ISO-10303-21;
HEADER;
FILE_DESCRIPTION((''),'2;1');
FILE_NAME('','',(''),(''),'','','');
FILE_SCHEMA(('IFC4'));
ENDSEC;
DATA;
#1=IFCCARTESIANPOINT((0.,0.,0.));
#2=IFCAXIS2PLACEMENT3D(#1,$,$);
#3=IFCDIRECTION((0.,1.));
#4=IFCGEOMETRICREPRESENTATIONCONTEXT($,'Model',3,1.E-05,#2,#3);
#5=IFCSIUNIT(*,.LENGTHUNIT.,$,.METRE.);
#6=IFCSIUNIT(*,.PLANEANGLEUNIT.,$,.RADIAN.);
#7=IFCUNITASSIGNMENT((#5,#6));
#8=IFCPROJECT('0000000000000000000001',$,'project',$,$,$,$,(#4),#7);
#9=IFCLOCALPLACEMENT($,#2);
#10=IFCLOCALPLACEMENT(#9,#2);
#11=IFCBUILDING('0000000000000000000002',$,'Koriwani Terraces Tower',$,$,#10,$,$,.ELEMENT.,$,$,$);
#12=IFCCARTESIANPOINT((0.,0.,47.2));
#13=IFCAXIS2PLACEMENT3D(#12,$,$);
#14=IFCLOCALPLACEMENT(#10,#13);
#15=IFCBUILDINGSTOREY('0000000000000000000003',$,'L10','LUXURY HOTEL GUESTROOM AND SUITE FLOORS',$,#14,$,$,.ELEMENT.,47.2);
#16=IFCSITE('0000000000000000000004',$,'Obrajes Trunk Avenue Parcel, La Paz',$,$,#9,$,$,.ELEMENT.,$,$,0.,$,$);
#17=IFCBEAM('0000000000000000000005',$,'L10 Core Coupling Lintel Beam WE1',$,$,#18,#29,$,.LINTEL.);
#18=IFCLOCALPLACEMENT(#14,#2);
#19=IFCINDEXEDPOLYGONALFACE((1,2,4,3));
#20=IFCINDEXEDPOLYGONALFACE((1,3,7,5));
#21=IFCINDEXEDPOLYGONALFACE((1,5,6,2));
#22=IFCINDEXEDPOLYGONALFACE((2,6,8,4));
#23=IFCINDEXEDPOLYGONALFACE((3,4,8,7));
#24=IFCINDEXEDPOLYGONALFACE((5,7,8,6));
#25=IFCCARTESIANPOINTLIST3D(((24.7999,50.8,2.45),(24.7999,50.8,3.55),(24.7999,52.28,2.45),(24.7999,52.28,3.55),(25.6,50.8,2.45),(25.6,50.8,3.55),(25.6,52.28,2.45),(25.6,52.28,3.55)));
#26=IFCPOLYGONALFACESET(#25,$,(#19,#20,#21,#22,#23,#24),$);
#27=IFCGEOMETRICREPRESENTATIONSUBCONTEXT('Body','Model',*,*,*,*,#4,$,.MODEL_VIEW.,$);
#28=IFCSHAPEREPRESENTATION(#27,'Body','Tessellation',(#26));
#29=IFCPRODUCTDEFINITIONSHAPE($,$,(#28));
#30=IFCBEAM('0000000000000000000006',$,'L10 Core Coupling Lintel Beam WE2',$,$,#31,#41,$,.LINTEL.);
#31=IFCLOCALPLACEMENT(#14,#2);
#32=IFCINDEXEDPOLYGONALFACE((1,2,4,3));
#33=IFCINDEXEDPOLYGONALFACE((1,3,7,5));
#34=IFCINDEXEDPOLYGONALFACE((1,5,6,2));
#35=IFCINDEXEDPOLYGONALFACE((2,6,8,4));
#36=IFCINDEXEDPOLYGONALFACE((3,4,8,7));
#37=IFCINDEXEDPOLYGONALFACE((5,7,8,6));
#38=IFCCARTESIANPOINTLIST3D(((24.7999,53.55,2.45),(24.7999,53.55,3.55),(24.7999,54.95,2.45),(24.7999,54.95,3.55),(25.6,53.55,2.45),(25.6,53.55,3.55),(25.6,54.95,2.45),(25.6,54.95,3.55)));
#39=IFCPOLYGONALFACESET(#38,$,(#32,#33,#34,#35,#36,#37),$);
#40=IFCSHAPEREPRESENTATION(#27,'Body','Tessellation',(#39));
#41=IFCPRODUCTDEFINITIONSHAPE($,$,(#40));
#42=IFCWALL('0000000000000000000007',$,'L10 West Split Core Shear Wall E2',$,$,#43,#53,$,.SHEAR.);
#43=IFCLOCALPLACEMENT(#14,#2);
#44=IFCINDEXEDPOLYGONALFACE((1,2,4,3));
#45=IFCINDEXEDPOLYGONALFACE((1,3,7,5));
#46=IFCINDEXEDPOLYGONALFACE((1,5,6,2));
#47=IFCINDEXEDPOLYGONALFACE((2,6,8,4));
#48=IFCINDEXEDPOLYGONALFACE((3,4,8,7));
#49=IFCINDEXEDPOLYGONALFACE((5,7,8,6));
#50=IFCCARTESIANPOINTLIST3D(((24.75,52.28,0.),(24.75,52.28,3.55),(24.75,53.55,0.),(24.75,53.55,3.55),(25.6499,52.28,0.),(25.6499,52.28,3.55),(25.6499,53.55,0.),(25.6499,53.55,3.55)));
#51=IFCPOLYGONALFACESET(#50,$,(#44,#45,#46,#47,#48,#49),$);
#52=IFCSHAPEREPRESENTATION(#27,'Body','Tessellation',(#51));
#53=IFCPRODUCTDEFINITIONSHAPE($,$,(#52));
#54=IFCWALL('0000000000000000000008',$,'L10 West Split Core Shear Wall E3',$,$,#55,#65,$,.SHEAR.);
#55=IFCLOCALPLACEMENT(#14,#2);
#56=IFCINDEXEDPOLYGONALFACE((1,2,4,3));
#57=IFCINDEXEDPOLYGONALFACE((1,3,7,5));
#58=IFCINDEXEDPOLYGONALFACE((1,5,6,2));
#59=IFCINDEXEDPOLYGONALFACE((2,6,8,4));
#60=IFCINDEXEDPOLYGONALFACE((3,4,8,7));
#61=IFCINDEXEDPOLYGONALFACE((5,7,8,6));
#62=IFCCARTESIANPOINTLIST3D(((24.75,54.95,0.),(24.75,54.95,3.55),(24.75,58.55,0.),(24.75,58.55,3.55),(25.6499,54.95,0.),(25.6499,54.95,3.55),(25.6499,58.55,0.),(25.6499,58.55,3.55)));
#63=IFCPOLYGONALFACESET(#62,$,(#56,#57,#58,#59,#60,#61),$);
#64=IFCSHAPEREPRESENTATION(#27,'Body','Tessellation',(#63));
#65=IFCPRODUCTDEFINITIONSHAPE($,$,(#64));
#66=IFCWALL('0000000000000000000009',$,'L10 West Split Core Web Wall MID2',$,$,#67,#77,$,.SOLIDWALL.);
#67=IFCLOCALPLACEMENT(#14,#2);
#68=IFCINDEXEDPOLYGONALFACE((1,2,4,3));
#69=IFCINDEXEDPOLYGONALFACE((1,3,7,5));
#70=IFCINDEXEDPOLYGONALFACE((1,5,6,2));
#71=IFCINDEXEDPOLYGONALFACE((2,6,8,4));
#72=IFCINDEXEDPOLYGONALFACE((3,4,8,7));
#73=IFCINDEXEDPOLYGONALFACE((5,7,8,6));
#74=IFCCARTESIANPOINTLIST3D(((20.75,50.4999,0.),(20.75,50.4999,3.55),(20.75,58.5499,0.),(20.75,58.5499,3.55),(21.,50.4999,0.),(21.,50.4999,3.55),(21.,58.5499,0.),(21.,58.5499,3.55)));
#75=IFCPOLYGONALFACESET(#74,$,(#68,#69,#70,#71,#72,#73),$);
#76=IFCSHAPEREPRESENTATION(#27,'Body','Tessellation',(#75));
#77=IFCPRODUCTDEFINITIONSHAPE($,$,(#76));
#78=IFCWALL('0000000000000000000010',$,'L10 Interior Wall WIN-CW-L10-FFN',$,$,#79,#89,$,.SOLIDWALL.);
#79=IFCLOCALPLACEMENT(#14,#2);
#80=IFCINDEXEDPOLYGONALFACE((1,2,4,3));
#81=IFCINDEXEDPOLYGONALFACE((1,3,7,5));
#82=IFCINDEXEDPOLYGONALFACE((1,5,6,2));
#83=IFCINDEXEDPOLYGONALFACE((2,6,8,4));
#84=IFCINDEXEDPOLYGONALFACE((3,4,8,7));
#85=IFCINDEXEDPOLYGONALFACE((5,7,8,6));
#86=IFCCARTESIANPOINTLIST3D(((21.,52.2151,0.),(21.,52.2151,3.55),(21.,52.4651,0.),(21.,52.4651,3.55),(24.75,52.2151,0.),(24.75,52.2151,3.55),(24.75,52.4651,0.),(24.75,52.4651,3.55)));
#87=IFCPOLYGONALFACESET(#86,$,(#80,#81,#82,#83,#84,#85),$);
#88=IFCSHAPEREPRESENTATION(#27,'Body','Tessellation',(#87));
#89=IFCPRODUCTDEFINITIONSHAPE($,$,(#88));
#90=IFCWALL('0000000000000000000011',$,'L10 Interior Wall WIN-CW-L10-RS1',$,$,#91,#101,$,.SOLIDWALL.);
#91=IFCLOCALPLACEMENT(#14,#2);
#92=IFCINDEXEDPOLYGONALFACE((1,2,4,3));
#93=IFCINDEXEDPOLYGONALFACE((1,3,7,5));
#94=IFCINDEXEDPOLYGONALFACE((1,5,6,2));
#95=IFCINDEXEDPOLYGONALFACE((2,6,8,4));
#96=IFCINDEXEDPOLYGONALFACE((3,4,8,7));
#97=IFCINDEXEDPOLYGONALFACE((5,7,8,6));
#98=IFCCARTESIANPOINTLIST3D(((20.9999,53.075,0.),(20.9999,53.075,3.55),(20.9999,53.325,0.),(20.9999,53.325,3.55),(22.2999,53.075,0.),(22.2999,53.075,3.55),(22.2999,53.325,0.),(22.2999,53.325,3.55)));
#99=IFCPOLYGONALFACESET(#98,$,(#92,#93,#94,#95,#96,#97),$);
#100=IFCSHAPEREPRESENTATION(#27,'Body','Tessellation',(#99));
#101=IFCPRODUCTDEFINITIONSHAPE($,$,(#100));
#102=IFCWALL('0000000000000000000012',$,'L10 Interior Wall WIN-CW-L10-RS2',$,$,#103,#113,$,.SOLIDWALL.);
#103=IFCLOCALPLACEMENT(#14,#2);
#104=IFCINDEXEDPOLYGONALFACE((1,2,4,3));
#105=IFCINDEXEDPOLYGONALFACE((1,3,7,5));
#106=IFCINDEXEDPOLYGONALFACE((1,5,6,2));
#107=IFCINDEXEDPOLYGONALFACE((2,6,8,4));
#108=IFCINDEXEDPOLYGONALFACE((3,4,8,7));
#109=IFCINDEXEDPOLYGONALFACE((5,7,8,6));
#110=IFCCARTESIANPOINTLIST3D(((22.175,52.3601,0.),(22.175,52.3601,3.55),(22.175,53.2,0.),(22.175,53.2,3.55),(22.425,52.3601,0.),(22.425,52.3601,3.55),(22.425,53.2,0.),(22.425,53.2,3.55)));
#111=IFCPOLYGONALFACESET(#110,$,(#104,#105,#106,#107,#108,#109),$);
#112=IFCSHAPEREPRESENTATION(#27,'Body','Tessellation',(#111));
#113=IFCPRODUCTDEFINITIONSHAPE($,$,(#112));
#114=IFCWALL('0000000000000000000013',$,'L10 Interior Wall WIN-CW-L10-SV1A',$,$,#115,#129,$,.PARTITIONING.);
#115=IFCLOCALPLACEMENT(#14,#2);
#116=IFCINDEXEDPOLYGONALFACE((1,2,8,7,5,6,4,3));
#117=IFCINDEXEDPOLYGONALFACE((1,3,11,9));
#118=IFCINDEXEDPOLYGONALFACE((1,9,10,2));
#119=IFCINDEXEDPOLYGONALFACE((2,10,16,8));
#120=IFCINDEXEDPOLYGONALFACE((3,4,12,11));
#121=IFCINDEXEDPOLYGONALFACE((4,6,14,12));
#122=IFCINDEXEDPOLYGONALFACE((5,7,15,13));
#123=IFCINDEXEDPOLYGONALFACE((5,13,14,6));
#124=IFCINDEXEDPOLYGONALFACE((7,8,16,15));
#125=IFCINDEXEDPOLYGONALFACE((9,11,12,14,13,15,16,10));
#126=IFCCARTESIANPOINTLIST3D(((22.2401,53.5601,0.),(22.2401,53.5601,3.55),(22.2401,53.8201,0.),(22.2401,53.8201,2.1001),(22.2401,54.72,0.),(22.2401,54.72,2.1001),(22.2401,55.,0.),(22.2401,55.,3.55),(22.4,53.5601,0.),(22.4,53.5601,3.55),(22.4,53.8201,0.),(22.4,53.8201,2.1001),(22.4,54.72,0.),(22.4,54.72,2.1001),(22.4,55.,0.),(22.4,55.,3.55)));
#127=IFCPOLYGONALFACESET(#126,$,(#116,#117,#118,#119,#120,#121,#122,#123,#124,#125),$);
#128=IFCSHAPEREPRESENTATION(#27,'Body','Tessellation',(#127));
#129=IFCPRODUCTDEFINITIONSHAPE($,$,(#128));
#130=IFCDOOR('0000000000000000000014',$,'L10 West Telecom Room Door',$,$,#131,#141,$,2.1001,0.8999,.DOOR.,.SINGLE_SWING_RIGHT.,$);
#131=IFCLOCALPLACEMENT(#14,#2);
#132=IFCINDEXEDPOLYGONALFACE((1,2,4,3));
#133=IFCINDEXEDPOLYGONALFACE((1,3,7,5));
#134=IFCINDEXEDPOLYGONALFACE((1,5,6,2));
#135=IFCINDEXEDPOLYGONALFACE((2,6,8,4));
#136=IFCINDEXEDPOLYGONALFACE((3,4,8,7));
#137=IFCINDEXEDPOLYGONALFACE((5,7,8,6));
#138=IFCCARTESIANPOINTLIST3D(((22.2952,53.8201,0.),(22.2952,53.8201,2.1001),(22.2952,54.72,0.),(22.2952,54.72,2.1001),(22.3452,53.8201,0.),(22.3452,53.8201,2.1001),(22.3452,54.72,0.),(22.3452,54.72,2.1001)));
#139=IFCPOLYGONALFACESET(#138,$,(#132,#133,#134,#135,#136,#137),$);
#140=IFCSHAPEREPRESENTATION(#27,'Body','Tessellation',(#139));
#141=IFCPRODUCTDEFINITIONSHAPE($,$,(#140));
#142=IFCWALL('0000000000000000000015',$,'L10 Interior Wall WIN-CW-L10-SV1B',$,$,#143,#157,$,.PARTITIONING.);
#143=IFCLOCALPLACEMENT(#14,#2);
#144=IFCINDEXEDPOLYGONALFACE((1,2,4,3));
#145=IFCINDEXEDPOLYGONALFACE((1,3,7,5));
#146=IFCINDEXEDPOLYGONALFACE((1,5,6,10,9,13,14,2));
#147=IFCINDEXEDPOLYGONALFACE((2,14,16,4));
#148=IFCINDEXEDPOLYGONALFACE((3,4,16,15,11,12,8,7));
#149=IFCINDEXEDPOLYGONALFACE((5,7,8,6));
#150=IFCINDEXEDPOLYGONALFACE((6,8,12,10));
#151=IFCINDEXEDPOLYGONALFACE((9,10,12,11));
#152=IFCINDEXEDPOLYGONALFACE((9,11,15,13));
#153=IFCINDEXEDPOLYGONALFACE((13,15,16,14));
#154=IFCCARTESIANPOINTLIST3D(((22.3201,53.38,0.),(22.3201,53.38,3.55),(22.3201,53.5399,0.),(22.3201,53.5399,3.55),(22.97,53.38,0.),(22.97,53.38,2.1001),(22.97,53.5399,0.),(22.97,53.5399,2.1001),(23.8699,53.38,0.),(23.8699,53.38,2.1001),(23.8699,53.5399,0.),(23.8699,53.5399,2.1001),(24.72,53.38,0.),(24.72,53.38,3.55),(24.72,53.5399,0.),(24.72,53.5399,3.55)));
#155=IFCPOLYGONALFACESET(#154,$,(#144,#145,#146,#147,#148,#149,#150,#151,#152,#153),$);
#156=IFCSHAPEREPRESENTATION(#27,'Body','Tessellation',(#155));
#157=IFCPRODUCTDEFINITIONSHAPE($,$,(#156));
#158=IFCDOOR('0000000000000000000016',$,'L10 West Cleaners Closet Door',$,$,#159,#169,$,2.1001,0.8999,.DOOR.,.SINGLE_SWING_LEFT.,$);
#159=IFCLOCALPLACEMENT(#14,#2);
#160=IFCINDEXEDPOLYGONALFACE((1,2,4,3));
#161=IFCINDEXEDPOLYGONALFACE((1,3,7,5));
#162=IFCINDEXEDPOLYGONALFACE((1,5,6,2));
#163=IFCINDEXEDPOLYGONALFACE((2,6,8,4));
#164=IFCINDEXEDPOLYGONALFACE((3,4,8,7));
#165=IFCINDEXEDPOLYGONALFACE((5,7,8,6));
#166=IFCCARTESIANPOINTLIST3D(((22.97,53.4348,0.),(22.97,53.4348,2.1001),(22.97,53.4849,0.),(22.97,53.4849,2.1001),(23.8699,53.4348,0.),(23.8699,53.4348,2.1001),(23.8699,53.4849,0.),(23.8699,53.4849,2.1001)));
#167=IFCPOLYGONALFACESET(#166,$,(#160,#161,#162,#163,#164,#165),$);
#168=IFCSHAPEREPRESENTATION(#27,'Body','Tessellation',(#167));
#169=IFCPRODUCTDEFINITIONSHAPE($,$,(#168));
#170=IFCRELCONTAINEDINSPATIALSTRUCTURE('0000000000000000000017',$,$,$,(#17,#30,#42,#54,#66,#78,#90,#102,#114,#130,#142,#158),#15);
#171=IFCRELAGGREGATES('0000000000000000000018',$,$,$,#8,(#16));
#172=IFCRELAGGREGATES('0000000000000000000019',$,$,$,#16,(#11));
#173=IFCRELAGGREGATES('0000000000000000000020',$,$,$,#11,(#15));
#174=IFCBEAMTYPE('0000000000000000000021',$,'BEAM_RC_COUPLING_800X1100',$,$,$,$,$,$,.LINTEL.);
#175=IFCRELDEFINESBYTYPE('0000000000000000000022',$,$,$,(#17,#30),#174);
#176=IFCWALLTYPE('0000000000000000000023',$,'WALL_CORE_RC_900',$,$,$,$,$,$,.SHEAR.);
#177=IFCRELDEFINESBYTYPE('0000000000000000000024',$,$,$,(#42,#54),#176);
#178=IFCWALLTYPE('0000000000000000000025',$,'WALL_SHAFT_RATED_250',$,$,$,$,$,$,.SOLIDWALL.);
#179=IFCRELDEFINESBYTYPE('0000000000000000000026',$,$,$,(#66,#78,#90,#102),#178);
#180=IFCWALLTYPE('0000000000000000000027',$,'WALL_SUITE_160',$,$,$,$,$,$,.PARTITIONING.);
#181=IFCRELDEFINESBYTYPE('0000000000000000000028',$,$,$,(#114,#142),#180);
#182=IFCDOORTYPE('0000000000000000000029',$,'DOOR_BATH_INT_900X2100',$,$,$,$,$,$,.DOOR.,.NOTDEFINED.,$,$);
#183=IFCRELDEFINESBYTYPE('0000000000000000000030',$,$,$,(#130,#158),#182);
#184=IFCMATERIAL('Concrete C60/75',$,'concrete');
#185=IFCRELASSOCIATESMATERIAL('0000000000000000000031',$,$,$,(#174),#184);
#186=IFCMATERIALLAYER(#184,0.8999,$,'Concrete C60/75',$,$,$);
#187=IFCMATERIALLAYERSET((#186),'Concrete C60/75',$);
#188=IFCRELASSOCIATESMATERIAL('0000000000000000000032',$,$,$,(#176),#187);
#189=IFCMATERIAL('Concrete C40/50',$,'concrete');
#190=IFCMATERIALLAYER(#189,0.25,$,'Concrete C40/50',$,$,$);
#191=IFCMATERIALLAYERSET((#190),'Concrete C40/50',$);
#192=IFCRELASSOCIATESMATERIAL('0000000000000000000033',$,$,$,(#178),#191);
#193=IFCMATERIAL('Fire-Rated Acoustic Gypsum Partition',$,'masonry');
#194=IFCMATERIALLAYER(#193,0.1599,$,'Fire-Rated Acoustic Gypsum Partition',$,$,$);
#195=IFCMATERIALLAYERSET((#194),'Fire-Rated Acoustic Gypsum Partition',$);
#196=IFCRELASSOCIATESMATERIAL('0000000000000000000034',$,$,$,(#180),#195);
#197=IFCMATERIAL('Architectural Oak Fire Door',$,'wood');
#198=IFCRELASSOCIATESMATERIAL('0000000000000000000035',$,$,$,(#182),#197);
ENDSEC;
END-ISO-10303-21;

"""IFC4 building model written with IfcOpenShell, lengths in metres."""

from ifc_helpers import new_model, si_unit, direction, frame, frame_2d, origin, origin_2d, place, context, subcontext, project, spatial, rectangle, extrude, material, layer, layer_set, material_profile, profile_set, type_object, element, fill, save


model = new_model("IFC4")

# Units and contexts
model_context = context("Model", 3, precision=1e-05, world=origin(), true_north=direction((0.0, 1.0)))
body_context = subcontext(model_context, "Body", "Model", "MODEL_VIEW")
ifc_project = project(units=[si_unit("LENGTHUNIT", "METRE"), si_unit("PLANEANGLEUNIT", "RADIAN")], contexts=[model_context])

# Site, building, storey
site_placement = place(None, origin())
site = spatial("IfcSite", under=ifc_project, at=site_placement, Name="Obrajes Trunk Avenue Parcel, La Paz", CompositionType="ELEMENT", RefElevation=0.0)
building_placement = place(site_placement, origin())
building = spatial("IfcBuilding", under=site, at=building_placement, Name="Koriwani Terraces Tower", CompositionType="ELEMENT")
storey_placement = place(building_placement, frame((0.0, 0.0, 47.2)))
storey = spatial("IfcBuildingStorey", under=building, at=storey_placement, Name="L10", Description="LUXURY HOTEL GUESTROOM AND SUITE FLOORS", CompositionType="ELEMENT", Elevation=47.2)

# Beams
ifc_material_1 = material(Name="Concrete C60/75", Category="concrete")
ifc_material_profile = material_profile(ifc_material_1, rectangle(XDim=0.8, YDim=1.1001, at=origin_2d()), Name="Concrete C60/75", Category="LoadBearing")
ifc_profile_set = profile_set([ifc_material_profile], Name="Concrete C60/75")
beam_type = type_object("IfcBeamType", Name="BEAM_RC_COUPLING_800X1100", PredefinedType="LINTEL", material=ifc_profile_set)
beam_1_placement = place(storey_placement, frame((25.2, 50.8, 3.0), z_axis=(0.0, 1.0, 0.0), x_axis=(-1.0, 0.0, 0.0)))
element("IfcBeam", 1, at=beam_1_placement, inside=storey, type_object=beam_type, Name="L10 Core Coupling Lintel Beam WE1", PredefinedType="LINTEL", context=body_context, shape_type="SweptSolid", body=[
    extrude(rectangle(XDim=0.8, YDim=1.1001, at=origin_2d()), origin(), (0.0, 0.0, 1.0), 1.48),
])
beam_2_placement = place(storey_placement, frame((25.2, 53.55, 3.0), z_axis=(0.0, 1.0, 0.0), x_axis=(-1.0, 0.0, 0.0)))
element("IfcBeam", 2, at=beam_2_placement, inside=storey, type_object=beam_type, Name="L10 Core Coupling Lintel Beam WE2", PredefinedType="LINTEL", context=body_context, shape_type="SweptSolid", body=[
    extrude(rectangle(XDim=0.8, YDim=1.1001, at=origin_2d()), origin(), (0.0, 0.0, 1.0), 1.3999),
])

# Walls
ifc_layer_1 = layer(ifc_material_1, 0.8999, Name="Concrete C60/75")
ifc_layer_set_1 = layer_set([ifc_layer_1], Name="Concrete C60/75")
wall_type_1 = type_object("IfcWallType", Name="WALL_CORE_RC_900", PredefinedType="SHEAR", material=ifc_layer_set_1)
wall_1_placement = place(storey_placement, frame((25.2, 52.28, 0.0), z_axis=(0.0, 0.0, 1.0), x_axis=(0.0, 1.0, 0.0)))
element("IfcWall", 3, at=wall_1_placement, inside=storey, type_object=wall_type_1, Name="L10 West Split Core Shear Wall E2", PredefinedType="SHEAR", context=body_context, shape_type="SweptSolid", body=[
    extrude(rectangle(XDim=1.27, YDim=0.8999, at=frame_2d((0.635, 0.0))), origin(), (0.0, 0.0, 1.0), 3.55),
])
wall_2_placement = place(storey_placement, frame((25.2, 54.95, 0.0), z_axis=(0.0, 0.0, 1.0), x_axis=(0.0, 1.0, 0.0)))
element("IfcWall", 4, at=wall_2_placement, inside=storey, type_object=wall_type_1, Name="L10 West Split Core Shear Wall E3", PredefinedType="SHEAR", context=body_context, shape_type="SweptSolid", body=[
    extrude(rectangle(XDim=3.6001, YDim=0.8999, at=frame_2d((1.8, 0.0))), origin(), (0.0, 0.0, 1.0), 3.55),
])
ifc_material_2 = material(Name="Concrete C40/50", Category="concrete")
ifc_layer_2 = layer(ifc_material_2, 0.25, Name="Concrete C40/50")
ifc_layer_set_2 = layer_set([ifc_layer_2], Name="Concrete C40/50")
wall_type_2 = type_object("IfcWallType", Name="WALL_SHAFT_RATED_250", PredefinedType="SOLIDWALL", material=ifc_layer_set_2)
wall_3_placement = place(storey_placement, frame((20.875, 50.5, 0.0), z_axis=(0.0, 0.0, 1.0), x_axis=(0.0, 1.0, 0.0)))
element("IfcWall", 5, at=wall_3_placement, inside=storey, type_object=wall_type_2, Name="L10 West Split Core Web Wall MID2", PredefinedType="SOLIDWALL", context=body_context, shape_type="SweptSolid", body=[
    extrude(rectangle(XDim=8.05, YDim=0.25, at=frame_2d((4.0249, 0.0))), origin(), (0.0, 0.0, 1.0), 3.55),
])

# Wall
wall_4_placement = place(storey_placement, frame((21.0, 52.3401, 0.0), z_axis=(0.0, 0.0, 1.0), x_axis=(1.0, 0.0, 0.0)))
element("IfcWall", 6, at=wall_4_placement, inside=storey, type_object=wall_type_2, Name="L10 Interior Wall WIN-CW-L10-FFN", PredefinedType="SOLIDWALL", context=body_context, shape_type="SweptSolid", body=[
    extrude(rectangle(XDim=3.75, YDim=0.25, at=frame_2d((1.875, 0.0))), origin(), (0.0, 0.0, 1.0), 3.55),
])

# Walls
wall_5_placement = place(storey_placement, frame((21.0, 53.2, 0.0), z_axis=(0.0, 0.0, 1.0), x_axis=(1.0, 0.0, 0.0)))
element("IfcWall", 7, at=wall_5_placement, inside=storey, type_object=wall_type_2, Name="L10 Interior Wall WIN-CW-L10-RS1", PredefinedType="SOLIDWALL", context=body_context, shape_type="SweptSolid", body=[
    extrude(rectangle(XDim=1.3, YDim=0.25, at=frame_2d((0.6499, 0.0))), origin(), (0.0, 0.0, 1.0), 3.55),
])
wall_6_placement = place(storey_placement, frame((22.3, 52.3601, 0.0), z_axis=(0.0, 0.0, 1.0), x_axis=(0.0, 1.0, 0.0)))
element("IfcWall", 8, at=wall_6_placement, inside=storey, type_object=wall_type_2, Name="L10 Interior Wall WIN-CW-L10-RS2", PredefinedType="SOLIDWALL", context=body_context, shape_type="SweptSolid", body=[
    extrude(rectangle(XDim=0.8398, YDim=0.25, at=frame_2d((0.4199, 0.0))), origin(), (0.0, 0.0, 1.0), 3.55),
])

# Walls, openings, doors
ifc_material_3 = material(Name="Fire-Rated Acoustic Gypsum Partition", Category="masonry")
ifc_layer_3 = layer(ifc_material_3, 0.1599, Name="Fire-Rated Acoustic Gypsum Partition")
ifc_layer_set_3 = layer_set([ifc_layer_3], Name="Fire-Rated Acoustic Gypsum Partition")
wall_type_3 = type_object("IfcWallType", Name="WALL_SUITE_160", PredefinedType="PARTITIONING", material=ifc_layer_set_3)
wall_7_placement = place(storey_placement, frame((22.3201, 53.5601, 0.0), z_axis=(0.0, 0.0, 1.0), x_axis=(0.0, 1.0, 0.0)))
wall_7 = element("IfcWall", 9, at=wall_7_placement, inside=storey, type_object=wall_type_3, Name="L10 Interior Wall WIN-CW-L10-SV1A", PredefinedType="PARTITIONING", context=body_context, shape_type="SweptSolid", body=[
    extrude(rectangle(XDim=1.4399, YDim=0.1599, at=frame_2d((0.72, 0.0))), origin(), (0.0, 0.0, 1.0), 3.55),
])
opening_1_placement = place(wall_7_placement, frame((0.26, 0.0, 0.0)))
opening_1 = element("IfcOpeningElement", 10, at=opening_1_placement, cuts=wall_7, PredefinedType="OPENING", context=body_context, shape_type="SweptSolid", body=[
    extrude(rectangle(XDim=0.8999, YDim=2.1001, at=frame_2d((0.45, 1.05))), frame((0.0, 0.0898, 0.0), z_axis=(0.0, -1.0, 0.0), x_axis=(1.0, 0.0, 0.0)), (0.0, 0.0, 1.0), 0.1799),
])
ifc_material_4 = material(Name="Architectural Oak Fire Door", Category="wood")
door_type_1 = type_object("IfcDoorType", Name="DOOR_BATH_INT_900X2100", OperationType="NOTDEFINED", PredefinedType="DOOR", material=ifc_material_4)
door_1_placement = place(opening_1_placement, origin())
door_1 = element("IfcDoor", 11, at=door_1_placement, inside=storey, type_object=door_type_1, Name="L10 West Telecom Room Door", OperationType="SINGLE_SWING_RIGHT", OverallHeight=2.1001, OverallWidth=0.8999, PredefinedType="DOOR", context=body_context, shape_type="SweptSolid", body=[
    extrude(rectangle(XDim=0.8999, YDim=2.1001, at=frame_2d((0.45, 1.05))), frame((0.0, 0.0249, 0.0), z_axis=(0.0, -1.0, 0.0), x_axis=(1.0, 0.0, 0.0)), (0.0, 0.0, 1.0), 0.05),
])
fill(opening_1, door_1)
wall_8_placement = place(storey_placement, frame((22.3201, 53.46, 0.0), z_axis=(0.0, 0.0, 1.0), x_axis=(1.0, 0.0, 0.0)))
wall_8 = element("IfcWall", 12, at=wall_8_placement, inside=storey, type_object=wall_type_3, Name="L10 Interior Wall WIN-CW-L10-SV1B", PredefinedType="PARTITIONING", context=body_context, shape_type="SweptSolid", body=[
    extrude(rectangle(XDim=2.3999, YDim=0.1599, at=frame_2d((1.2, 0.0))), origin(), (0.0, 0.0, 1.0), 3.55),
])
opening_2_placement = place(wall_8_placement, frame((0.6499, 0.0, 0.0)))
opening_2 = element("IfcOpeningElement", 13, at=opening_2_placement, cuts=wall_8, PredefinedType="OPENING", context=body_context, shape_type="SweptSolid", body=[
    extrude(rectangle(XDim=0.8999, YDim=2.1001, at=frame_2d((0.45, 1.05))), frame((0.0, 0.0898, 0.0), z_axis=(0.0, -1.0, 0.0), x_axis=(1.0, 0.0, 0.0)), (0.0, 0.0, 1.0), 0.1799),
])
door_2_placement = place(opening_2_placement, origin())
door_2 = element("IfcDoor", 14, at=door_2_placement, inside=storey, type_object=door_type_1, Name="L10 West Cleaners Closet Door", OperationType="SINGLE_SWING_LEFT", OverallHeight=2.1001, OverallWidth=0.8999, PredefinedType="DOOR", context=body_context, shape_type="SweptSolid", body=[
    extrude(rectangle(XDim=0.8999, YDim=2.1001, at=frame_2d((0.45, 1.05))), frame((0.0, 0.0249, 0.0), z_axis=(0.0, -1.0, 0.0), x_axis=(1.0, 0.0, 0.0)), (0.0, 0.0, 1.0), 0.05),
])
fill(opening_2, door_2)

save(model, "model.ifc")
